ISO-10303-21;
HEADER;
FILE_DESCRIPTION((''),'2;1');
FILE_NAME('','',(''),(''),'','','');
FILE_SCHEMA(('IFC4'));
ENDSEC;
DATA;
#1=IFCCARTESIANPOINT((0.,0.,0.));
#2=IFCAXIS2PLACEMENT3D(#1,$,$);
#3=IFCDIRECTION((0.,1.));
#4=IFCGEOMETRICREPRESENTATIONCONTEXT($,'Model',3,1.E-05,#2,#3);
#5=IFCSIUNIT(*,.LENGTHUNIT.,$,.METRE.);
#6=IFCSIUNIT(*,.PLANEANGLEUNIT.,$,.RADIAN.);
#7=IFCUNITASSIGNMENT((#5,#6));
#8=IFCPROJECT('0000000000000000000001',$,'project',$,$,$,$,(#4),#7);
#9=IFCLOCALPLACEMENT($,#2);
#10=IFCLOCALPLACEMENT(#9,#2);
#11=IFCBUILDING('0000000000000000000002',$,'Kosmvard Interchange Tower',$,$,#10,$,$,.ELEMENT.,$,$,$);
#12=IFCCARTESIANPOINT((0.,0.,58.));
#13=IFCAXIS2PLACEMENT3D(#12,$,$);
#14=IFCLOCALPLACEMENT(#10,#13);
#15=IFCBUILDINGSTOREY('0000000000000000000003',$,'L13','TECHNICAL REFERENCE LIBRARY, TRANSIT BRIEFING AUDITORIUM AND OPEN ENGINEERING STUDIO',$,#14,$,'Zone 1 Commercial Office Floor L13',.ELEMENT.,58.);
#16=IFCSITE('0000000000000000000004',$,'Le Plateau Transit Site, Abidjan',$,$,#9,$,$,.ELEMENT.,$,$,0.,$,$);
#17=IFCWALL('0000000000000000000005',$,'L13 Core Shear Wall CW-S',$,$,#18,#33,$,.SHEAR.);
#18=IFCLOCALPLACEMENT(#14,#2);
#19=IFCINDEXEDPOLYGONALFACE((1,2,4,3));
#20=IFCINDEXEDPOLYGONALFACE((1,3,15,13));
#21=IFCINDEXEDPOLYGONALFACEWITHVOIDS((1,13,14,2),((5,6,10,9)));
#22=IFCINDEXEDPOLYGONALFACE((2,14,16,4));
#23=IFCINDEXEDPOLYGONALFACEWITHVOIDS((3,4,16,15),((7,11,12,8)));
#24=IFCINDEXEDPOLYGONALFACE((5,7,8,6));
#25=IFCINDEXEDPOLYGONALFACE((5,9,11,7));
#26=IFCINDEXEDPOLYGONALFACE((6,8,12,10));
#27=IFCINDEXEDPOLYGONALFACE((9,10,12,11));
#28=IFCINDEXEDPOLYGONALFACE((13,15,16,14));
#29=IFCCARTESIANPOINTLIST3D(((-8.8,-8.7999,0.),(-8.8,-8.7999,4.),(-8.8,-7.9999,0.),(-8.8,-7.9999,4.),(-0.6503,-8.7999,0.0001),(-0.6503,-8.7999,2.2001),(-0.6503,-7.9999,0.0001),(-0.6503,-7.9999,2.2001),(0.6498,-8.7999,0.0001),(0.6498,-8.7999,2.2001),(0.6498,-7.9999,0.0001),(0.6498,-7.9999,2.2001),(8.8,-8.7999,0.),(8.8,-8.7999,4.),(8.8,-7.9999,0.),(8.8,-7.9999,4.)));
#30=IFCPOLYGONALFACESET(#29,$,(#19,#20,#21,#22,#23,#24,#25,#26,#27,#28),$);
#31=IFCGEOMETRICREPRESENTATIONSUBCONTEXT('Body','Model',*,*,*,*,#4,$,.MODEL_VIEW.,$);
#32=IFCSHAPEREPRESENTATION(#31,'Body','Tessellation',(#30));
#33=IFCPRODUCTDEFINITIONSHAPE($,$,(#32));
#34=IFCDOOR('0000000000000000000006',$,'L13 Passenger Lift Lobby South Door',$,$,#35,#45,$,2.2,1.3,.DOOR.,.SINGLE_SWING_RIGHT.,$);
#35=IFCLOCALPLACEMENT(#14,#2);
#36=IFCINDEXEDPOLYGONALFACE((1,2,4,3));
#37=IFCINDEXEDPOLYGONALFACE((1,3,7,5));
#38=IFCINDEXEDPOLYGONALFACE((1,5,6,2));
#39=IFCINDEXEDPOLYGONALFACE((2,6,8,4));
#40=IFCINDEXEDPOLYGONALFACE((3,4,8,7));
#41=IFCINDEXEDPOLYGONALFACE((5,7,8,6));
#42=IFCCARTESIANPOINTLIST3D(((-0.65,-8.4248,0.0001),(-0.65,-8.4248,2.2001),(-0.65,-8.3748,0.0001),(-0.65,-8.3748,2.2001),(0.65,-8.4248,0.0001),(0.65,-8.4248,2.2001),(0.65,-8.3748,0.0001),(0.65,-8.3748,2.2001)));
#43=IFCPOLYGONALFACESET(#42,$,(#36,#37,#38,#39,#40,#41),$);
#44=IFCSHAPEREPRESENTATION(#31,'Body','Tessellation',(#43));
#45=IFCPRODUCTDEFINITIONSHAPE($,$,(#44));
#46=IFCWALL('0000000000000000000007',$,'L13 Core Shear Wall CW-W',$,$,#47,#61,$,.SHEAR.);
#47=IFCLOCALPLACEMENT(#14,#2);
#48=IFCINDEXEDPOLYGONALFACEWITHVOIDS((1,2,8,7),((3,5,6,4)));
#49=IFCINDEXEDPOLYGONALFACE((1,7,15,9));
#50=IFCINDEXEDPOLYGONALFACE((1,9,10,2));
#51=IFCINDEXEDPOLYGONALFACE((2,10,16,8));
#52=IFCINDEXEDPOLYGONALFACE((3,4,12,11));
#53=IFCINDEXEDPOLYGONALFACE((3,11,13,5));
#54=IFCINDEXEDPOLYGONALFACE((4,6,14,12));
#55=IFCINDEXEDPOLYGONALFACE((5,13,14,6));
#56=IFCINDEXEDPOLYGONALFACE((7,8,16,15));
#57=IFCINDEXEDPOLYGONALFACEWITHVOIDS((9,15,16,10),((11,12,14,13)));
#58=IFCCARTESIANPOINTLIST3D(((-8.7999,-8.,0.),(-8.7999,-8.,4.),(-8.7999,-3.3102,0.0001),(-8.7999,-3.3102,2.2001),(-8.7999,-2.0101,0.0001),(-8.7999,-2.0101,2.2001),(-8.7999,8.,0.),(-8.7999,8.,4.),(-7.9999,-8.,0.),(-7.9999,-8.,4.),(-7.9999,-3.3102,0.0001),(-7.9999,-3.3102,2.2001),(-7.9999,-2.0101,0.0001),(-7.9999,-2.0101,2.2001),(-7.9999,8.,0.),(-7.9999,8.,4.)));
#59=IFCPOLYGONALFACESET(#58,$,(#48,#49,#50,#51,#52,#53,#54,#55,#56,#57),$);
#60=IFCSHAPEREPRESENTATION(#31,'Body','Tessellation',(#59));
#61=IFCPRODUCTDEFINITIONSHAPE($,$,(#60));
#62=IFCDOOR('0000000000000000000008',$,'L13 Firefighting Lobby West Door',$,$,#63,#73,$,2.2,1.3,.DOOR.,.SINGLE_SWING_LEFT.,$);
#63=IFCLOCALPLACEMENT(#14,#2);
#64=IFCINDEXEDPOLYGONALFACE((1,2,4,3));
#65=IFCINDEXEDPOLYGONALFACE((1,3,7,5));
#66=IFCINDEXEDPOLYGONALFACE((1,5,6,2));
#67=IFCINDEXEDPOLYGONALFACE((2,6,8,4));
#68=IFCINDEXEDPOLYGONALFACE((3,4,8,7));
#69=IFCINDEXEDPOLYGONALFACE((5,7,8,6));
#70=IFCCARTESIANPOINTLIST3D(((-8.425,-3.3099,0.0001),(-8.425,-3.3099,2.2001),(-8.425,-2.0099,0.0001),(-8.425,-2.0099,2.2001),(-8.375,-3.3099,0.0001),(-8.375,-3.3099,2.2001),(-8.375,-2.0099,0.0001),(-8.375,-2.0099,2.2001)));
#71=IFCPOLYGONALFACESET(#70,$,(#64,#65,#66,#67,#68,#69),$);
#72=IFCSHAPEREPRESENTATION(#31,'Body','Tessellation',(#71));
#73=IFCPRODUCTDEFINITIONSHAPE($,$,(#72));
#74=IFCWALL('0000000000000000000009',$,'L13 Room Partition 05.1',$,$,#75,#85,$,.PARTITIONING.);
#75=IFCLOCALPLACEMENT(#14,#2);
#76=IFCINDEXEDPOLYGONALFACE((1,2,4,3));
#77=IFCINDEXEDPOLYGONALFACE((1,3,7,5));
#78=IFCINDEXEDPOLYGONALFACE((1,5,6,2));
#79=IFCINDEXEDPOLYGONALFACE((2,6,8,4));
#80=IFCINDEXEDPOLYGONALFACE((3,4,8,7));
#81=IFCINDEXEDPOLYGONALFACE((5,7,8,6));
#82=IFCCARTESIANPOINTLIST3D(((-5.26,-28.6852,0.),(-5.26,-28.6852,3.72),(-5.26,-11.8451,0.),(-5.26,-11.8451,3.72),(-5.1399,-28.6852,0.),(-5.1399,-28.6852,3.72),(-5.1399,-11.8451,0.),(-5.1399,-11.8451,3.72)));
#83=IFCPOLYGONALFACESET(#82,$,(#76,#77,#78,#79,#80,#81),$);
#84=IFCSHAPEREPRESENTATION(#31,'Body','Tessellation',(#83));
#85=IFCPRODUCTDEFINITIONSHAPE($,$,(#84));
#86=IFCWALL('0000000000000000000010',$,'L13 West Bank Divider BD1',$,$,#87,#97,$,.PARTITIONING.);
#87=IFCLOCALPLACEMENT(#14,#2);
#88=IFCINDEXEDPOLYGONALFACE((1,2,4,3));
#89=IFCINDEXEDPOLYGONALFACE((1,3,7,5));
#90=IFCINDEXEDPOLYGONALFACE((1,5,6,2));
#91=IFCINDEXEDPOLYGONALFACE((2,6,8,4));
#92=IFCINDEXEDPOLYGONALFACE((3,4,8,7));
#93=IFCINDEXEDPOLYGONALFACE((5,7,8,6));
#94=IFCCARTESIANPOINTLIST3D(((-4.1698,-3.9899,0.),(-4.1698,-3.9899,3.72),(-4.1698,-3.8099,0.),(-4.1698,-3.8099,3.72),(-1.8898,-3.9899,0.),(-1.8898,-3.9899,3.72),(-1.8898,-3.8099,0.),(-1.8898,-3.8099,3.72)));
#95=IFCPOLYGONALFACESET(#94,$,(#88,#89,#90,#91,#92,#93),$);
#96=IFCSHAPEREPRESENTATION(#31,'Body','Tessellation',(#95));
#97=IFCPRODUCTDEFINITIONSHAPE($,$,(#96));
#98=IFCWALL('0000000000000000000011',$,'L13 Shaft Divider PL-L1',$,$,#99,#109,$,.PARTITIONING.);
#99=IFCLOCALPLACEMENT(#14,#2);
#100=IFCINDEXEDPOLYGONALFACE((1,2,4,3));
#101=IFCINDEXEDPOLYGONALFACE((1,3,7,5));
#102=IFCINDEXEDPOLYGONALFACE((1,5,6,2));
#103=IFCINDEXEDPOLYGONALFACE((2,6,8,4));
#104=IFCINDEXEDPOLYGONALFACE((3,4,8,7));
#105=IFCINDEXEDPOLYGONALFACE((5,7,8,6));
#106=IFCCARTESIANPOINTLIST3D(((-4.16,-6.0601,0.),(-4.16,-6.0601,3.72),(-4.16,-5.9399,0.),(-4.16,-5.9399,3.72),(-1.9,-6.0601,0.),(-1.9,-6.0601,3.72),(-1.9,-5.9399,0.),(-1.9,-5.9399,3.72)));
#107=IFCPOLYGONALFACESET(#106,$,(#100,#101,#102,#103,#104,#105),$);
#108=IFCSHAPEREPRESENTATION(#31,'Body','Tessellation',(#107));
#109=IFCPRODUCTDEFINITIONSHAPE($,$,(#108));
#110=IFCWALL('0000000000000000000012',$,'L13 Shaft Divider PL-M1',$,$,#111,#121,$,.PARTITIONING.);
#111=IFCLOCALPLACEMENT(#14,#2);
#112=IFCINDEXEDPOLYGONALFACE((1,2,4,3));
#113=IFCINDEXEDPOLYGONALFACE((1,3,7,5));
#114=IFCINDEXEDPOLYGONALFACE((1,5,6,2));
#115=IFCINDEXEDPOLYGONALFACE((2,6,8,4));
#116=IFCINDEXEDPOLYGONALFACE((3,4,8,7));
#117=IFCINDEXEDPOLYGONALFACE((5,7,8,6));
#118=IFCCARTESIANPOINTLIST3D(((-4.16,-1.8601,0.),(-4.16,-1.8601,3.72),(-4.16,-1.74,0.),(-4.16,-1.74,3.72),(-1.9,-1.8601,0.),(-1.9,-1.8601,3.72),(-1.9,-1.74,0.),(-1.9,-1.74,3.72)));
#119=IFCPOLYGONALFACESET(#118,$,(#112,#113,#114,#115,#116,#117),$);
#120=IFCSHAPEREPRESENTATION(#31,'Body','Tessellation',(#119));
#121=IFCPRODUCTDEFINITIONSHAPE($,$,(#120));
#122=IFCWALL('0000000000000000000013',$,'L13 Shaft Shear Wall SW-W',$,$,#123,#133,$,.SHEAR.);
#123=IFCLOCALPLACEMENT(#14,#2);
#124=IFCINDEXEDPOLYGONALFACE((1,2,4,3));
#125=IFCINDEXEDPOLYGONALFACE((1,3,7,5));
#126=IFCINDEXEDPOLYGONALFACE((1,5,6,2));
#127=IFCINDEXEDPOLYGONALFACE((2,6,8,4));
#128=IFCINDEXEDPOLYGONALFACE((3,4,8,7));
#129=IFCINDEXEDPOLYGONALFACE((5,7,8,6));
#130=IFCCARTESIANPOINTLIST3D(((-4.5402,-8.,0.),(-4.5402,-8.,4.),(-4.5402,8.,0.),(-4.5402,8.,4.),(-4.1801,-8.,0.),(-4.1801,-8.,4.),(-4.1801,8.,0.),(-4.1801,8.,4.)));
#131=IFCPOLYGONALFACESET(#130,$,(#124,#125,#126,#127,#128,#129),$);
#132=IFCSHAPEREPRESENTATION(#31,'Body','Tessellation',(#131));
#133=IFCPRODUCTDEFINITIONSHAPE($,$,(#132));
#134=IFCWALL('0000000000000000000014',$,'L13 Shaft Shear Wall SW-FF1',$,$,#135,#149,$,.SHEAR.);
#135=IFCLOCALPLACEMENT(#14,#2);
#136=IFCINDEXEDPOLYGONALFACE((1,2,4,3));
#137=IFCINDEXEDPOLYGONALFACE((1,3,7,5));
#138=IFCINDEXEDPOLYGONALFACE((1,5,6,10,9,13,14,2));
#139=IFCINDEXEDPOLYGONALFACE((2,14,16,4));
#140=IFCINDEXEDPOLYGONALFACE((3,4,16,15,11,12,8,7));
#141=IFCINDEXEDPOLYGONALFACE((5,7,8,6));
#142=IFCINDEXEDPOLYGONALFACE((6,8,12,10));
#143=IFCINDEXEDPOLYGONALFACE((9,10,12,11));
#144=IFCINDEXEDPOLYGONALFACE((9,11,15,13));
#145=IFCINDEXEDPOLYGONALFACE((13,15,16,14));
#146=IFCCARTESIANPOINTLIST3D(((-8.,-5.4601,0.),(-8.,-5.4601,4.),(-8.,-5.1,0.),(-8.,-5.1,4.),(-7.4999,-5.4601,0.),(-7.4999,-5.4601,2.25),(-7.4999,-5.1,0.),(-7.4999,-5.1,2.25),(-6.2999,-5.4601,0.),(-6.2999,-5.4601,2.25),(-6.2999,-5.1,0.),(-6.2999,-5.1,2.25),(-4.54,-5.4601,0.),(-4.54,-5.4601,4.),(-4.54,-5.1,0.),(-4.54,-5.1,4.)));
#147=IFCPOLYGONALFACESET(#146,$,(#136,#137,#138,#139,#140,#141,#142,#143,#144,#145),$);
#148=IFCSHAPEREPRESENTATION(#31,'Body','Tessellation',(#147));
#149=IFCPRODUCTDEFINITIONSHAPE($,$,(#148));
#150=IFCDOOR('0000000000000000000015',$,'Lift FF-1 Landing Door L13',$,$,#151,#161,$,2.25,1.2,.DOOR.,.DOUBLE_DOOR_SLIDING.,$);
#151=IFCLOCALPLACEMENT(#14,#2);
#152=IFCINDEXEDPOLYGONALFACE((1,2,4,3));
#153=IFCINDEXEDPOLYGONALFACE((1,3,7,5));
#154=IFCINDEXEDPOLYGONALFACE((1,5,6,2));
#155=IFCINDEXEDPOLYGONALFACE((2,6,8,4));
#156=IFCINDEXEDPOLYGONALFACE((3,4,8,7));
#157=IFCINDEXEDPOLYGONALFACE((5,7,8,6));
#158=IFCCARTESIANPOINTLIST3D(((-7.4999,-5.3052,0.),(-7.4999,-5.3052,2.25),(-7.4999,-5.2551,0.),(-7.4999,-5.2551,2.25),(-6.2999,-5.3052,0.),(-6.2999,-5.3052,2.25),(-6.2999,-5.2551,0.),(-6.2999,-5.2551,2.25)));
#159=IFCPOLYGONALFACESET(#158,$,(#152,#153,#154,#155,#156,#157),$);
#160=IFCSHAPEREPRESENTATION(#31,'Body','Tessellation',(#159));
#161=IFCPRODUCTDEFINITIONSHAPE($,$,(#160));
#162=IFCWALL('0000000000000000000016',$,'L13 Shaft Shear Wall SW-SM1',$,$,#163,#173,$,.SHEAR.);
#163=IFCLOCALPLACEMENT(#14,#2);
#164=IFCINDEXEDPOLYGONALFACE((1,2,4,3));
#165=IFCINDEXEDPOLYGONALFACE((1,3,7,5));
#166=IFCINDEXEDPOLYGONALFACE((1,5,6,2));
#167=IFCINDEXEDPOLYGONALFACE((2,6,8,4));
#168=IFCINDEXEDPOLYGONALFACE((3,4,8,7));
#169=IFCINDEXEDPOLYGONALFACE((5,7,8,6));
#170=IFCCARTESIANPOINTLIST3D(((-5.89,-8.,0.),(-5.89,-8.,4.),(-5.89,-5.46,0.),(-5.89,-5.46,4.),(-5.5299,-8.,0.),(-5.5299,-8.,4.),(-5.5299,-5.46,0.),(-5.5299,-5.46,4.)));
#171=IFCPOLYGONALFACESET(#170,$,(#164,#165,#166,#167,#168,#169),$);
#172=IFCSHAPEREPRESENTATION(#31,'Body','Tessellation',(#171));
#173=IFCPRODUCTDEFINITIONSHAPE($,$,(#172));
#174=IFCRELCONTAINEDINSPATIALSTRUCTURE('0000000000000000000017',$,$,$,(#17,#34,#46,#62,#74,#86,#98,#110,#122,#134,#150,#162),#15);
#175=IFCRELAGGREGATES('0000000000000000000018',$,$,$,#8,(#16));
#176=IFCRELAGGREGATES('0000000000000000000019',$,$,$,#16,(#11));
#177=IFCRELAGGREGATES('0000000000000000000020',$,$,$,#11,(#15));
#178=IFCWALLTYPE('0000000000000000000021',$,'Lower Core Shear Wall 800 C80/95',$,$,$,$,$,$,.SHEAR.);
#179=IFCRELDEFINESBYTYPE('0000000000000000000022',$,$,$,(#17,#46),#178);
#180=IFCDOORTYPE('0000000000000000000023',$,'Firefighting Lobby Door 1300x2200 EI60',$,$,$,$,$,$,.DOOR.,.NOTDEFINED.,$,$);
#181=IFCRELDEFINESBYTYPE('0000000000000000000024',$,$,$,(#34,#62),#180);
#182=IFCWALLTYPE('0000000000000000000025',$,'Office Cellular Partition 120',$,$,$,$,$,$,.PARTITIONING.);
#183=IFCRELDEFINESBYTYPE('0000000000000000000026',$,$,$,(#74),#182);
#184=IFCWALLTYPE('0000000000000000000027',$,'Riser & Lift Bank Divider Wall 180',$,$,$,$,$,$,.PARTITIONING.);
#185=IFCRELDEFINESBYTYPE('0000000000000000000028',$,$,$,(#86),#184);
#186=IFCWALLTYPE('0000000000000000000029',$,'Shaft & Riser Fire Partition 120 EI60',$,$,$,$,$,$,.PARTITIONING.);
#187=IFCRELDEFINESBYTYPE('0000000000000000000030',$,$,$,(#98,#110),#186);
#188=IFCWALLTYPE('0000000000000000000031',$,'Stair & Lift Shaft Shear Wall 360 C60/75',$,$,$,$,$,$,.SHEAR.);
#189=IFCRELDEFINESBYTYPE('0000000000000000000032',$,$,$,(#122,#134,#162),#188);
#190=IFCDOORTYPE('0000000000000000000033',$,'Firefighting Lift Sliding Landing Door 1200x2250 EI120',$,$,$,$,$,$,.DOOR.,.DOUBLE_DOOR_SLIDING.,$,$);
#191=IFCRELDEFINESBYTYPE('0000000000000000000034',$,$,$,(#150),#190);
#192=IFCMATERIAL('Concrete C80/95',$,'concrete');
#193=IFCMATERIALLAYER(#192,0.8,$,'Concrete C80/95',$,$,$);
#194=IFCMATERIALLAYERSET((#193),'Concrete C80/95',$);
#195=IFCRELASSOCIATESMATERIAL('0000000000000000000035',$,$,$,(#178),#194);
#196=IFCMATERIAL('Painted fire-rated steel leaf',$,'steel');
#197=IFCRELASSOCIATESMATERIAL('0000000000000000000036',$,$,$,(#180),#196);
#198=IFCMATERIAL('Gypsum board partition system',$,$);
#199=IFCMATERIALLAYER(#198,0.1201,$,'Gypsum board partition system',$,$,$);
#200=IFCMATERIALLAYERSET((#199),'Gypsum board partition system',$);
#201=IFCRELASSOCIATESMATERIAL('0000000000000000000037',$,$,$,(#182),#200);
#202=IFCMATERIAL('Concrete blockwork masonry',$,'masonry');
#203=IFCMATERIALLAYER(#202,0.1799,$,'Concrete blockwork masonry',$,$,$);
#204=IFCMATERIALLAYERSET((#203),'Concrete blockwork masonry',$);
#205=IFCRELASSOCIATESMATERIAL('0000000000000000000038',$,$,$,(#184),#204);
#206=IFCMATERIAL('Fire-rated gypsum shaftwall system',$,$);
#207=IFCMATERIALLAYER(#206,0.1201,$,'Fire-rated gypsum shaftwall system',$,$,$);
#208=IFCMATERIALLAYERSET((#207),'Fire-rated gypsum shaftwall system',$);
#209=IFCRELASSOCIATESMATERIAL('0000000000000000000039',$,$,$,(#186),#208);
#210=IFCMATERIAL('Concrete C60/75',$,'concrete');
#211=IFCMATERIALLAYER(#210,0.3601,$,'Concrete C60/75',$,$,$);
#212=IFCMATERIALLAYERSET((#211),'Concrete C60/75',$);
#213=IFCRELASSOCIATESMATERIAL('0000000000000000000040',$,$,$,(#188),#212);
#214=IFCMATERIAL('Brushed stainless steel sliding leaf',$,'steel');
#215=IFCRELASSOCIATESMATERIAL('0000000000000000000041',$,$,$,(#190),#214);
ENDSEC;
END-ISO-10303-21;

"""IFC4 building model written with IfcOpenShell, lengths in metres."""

from ifc_helpers import new_model, si_unit, direction, frame, frame_2d, origin, place, context, subcontext, project, spatial, rectangle, extrude, source, transform, mapped, material, layer, layer_set, type_object, element, fill, save


model = new_model("IFC4")

# Units and contexts
model_context = context("Model", 3, precision=1e-05, world=origin(), true_north=direction((0.0, 1.0)))
body_context = subcontext(model_context, "Body", "Model", "MODEL_VIEW")
ifc_project = project(units=[si_unit("LENGTHUNIT", "METRE"), si_unit("PLANEANGLEUNIT", "RADIAN")], contexts=[model_context])

# Site, building, storey
site_placement = place(None, origin())
site = spatial("IfcSite", under=ifc_project, at=site_placement, Name="Le Plateau Transit Site, Abidjan", CompositionType="ELEMENT", RefElevation=0.0)
building_placement = place(site_placement, origin())
building = spatial("IfcBuilding", under=site, at=building_placement, Name="Kosmvard Interchange Tower", CompositionType="ELEMENT")
storey_placement = place(building_placement, frame((0.0, 0.0, 58.0)))
storey = spatial("IfcBuildingStorey", under=building, at=storey_placement, Name="L13", Description="TECHNICAL REFERENCE LIBRARY, TRANSIT BRIEFING AUDITORIUM AND OPEN ENGINEERING STUDIO", LongName="Zone 1 Commercial Office Floor L13", CompositionType="ELEMENT", Elevation=58.0)

# Shared definitions
ifc_material_1 = material(Name="Concrete C80/95", Category="concrete")
ifc_material_2 = material(Name="Concrete C60/75", Category="concrete")

# Shared definitions
ifc_material_3 = material(Name="Brushed stainless steel sliding leaf", Category="steel")

# Walls, openings, doors
ifc_layer_1 = layer(ifc_material_1, 0.8, Name="Concrete C80/95")
ifc_layer_set_1 = layer_set([ifc_layer_1], Name="Concrete C80/95")
wall_type_1 = type_object("IfcWallType", Name="Lower Core Shear Wall 800 C80/95", PredefinedType="SHEAR", material=ifc_layer_set_1)
wall_1_placement = place(storey_placement, frame((-8.8, -8.3999, 0.0), z_axis=(0.0, 0.0, 1.0), x_axis=(1.0, 0.0, 0.0)))
wall_1 = element("IfcWall", 1, at=wall_1_placement, inside=storey, type_object=wall_type_1, Name="L13 Core Shear Wall CW-S", PredefinedType="SHEAR", context=body_context, shape_type="SweptSolid", body=[
    extrude(rectangle(XDim=17.6001, YDim=0.8, at=frame_2d((8.8, 0.0))), origin(), (0.0, 0.0, 1.0), 4.0),
])
opening_1_placement = place(wall_1_placement, frame((8.1499, 0.0, 0.0)))
opening_1 = element("IfcOpeningElement", 2, at=opening_1_placement, cuts=wall_1, PredefinedType="OPENING", context=body_context, shape_type="SweptSolid", body=[
    extrude(rectangle(XDim=1.3, YDim=2.2, at=frame_2d((0.6499, 1.1001))), frame((0.0, 0.4102, 0.0), z_axis=(0.0, -1.0, 0.0), x_axis=(1.0, 0.0, 0.0)), (0.0, 0.0, 1.0), 0.8201),
])
ifc_material_4 = material(Name="Painted fire-rated steel leaf", Category="steel")
door_type_1 = type_object("IfcDoorType", Name="Firefighting Lobby Door 1300x2200 EI60", OperationType="NOTDEFINED", PredefinedType="DOOR", material=ifc_material_4)
shared_shape_1 = source(origin(), body_context, "Body", "SweptSolid", [
    extrude(rectangle(XDim=1.3, YDim=2.2, at=frame_2d((0.6499, 1.1001))), frame((0.0, 0.0249, 0.0), z_axis=(0.0, -1.0, 0.0), x_axis=(1.0, 0.0, 0.0)), (0.0, 0.0, 1.0), 0.05),
])
door_1_placement = place(opening_1_placement, frame((1.3, 0.0, 0.0), z_axis=(0.0, 0.0, 1.0), x_axis=(-1.0, 0.0, 0.0)))
door_1 = element("IfcDoor", 3, at=door_1_placement, inside=storey, type_object=door_type_1, Name="L13 Passenger Lift Lobby South Door", OperationType="SINGLE_SWING_RIGHT", OverallHeight=2.2, OverallWidth=1.3, PredefinedType="DOOR", context=body_context, shape_type="MappedRepresentation", body=[
    mapped(shared_shape_1, transform((0.0, 0.0, 0.0), scale=1.0)),
])
fill(opening_1, door_1)
wall_2_placement = place(storey_placement, frame((-8.3999, -8.0, 0.0), z_axis=(0.0, 0.0, 1.0), x_axis=(0.0, 1.0, 0.0)))
wall_2 = element("IfcWall", 4, at=wall_2_placement, inside=storey, type_object=wall_type_1, Name="L13 Core Shear Wall CW-W", PredefinedType="SHEAR", context=body_context, shape_type="SweptSolid", body=[
    extrude(rectangle(XDim=16.0, YDim=0.8, at=frame_2d((8.0, 0.0))), origin(), (0.0, 0.0, 1.0), 4.0),
])
opening_2_placement = place(wall_2_placement, frame((4.6899, 0.0, 0.0)))
opening_2 = element("IfcOpeningElement", 5, at=opening_2_placement, cuts=wall_2, PredefinedType="OPENING", context=body_context, shape_type="SweptSolid", body=[
    extrude(rectangle(XDim=1.3, YDim=2.2, at=frame_2d((0.6499, 1.1001))), frame((0.0, 0.4102, 0.0), z_axis=(0.0, -1.0, 0.0), x_axis=(1.0, 0.0, 0.0)), (0.0, 0.0, 1.0), 0.8201),
])
door_2_placement = place(opening_2_placement, frame((1.3, 0.0, 0.0), z_axis=(0.0, 0.0, 1.0), x_axis=(-1.0, 0.0, 0.0)))
door_2 = element("IfcDoor", 6, at=door_2_placement, inside=storey, type_object=door_type_1, Name="L13 Firefighting Lobby West Door", OperationType="SINGLE_SWING_LEFT", OverallHeight=2.2, OverallWidth=1.3, PredefinedType="DOOR", context=body_context, shape_type="MappedRepresentation", body=[
    mapped(shared_shape_1, transform((0.0, 0.0, 0.0), scale=1.0)),
])
fill(opening_2, door_2)

# Walls
ifc_material_5 = material(Name="Gypsum board partition system")
ifc_layer_2 = layer(ifc_material_5, 0.1201, Name="Gypsum board partition system")
ifc_layer_set_2 = layer_set([ifc_layer_2], Name="Gypsum board partition system")
wall_type_2 = type_object("IfcWallType", Name="Office Cellular Partition 120", PredefinedType="PARTITIONING", material=ifc_layer_set_2)
wall_3_placement = place(storey_placement, frame((-5.2, -28.6851, 0.0), z_axis=(0.0, 0.0, 1.0), x_axis=(0.0, 1.0, 0.0)))
element("IfcWall", 7, at=wall_3_placement, inside=storey, type_object=wall_type_2, Name="L13 Room Partition 05.1", PredefinedType="PARTITIONING", context=body_context, shape_type="SweptSolid", body=[
    extrude(rectangle(XDim=16.8401, YDim=0.1201, at=frame_2d((8.4199, 0.0))), origin(), (0.0, 0.0, 1.0), 3.72),
])
ifc_material_6 = material(Name="Concrete blockwork masonry", Category="masonry")
ifc_layer_3 = layer(ifc_material_6, 0.1799, Name="Concrete blockwork masonry")
ifc_layer_set_3 = layer_set([ifc_layer_3], Name="Concrete blockwork masonry")
wall_type_3 = type_object("IfcWallType", Name="Riser & Lift Bank Divider Wall 180", PredefinedType="PARTITIONING", material=ifc_layer_set_3)
wall_4_placement = place(storey_placement, frame((-4.1699, -3.8999, 0.0), z_axis=(0.0, 0.0, 1.0), x_axis=(1.0, 0.0, 0.0)))
element("IfcWall", 8, at=wall_4_placement, inside=storey, type_object=wall_type_3, Name="L13 West Bank Divider BD1", PredefinedType="PARTITIONING", context=body_context, shape_type="SweptSolid", body=[
    extrude(rectangle(XDim=2.28, YDim=0.1799, at=frame_2d((1.1401, 0.0))), origin(), (0.0, 0.0, 1.0), 3.72),
])
ifc_material_7 = material(Name="Fire-rated gypsum shaftwall system")
ifc_layer_4 = layer(ifc_material_7, 0.1201, Name="Fire-rated gypsum shaftwall system")
ifc_layer_set_4 = layer_set([ifc_layer_4], Name="Fire-rated gypsum shaftwall system")
wall_type_4 = type_object("IfcWallType", Name="Shaft & Riser Fire Partition 120 EI60", PredefinedType="PARTITIONING", material=ifc_layer_set_4)
for number, where, z_axis, x_axis, name in (
    (9, (-4.1599, -6.0, 0.0), (0.0, 0.0, 1.0), (1.0, 0.0, 0.0), "L13 Shaft Divider PL-L1"),
    (10, (-4.1599, -1.8, 0.0), (0.0, 0.0, 1.0), (1.0, 0.0, 0.0), "L13 Shaft Divider PL-M1"),
):
    element("IfcWall", number, at=place(storey_placement, frame(where, z_axis=z_axis, x_axis=x_axis)), inside=storey, type_object=wall_type_4, Name=name, PredefinedType="PARTITIONING", context=body_context, shape_type="SweptSolid", body=[
        extrude(rectangle(XDim=2.26, YDim=0.1201, at=frame_2d((1.1299, 0.0))), origin(), (0.0, 0.0, 1.0), 3.72),
    ])
ifc_layer_5 = layer(ifc_material_2, 0.3601, Name="Concrete C60/75")
ifc_layer_set_5 = layer_set([ifc_layer_5], Name="Concrete C60/75")
wall_type_5 = type_object("IfcWallType", Name="Stair & Lift Shaft Shear Wall 360 C60/75", PredefinedType="SHEAR", material=ifc_layer_set_5)
wall_5_placement = place(storey_placement, frame((-4.3601, -8.0, 0.0), z_axis=(0.0, 0.0, 1.0), x_axis=(0.0, 1.0, 0.0)))
element("IfcWall", 11, at=wall_5_placement, inside=storey, type_object=wall_type_5, Name="L13 Shaft Shear Wall SW-W", PredefinedType="SHEAR", context=body_context, shape_type="SweptSolid", body=[
    extrude(rectangle(XDim=16.0, YDim=0.3601, at=frame_2d((8.0, 0.0))), origin(), (0.0, 0.0, 1.0), 4.0),
])

# Wall, opening, door
wall_6_placement = place(storey_placement, frame((-8.0, -5.28, 0.0), z_axis=(0.0, 0.0, 1.0), x_axis=(1.0, 0.0, 0.0)))
wall_6 = element("IfcWall", 12, at=wall_6_placement, inside=storey, type_object=wall_type_5, Name="L13 Shaft Shear Wall SW-FF1", PredefinedType="SHEAR", context=body_context, shape_type="SweptSolid", body=[
    extrude(rectangle(XDim=3.46, YDim=0.3601, at=frame_2d((1.73, 0.0))), origin(), (0.0, 0.0, 1.0), 4.0),
])
opening_3_placement = place(wall_6_placement, frame((0.5, 0.0, 0.0)))
opening_3 = element("IfcOpeningElement", 13, at=opening_3_placement, cuts=wall_6, PredefinedType="OPENING", context=body_context, shape_type="SweptSolid", body=[
    extrude(rectangle(XDim=1.2, YDim=2.25, at=frame_2d((0.6001, 1.125))), frame((0.0, 0.1899, 0.0), z_axis=(0.0, -1.0, 0.0), x_axis=(1.0, 0.0, 0.0)), (0.0, 0.0, 1.0), 0.3801),
])
door_type_2 = type_object("IfcDoorType", Name="Firefighting Lift Sliding Landing Door 1200x2250 EI120", OperationType="DOUBLE_DOOR_SLIDING", PredefinedType="DOOR", material=ifc_material_3)
shared_shape_2 = source(origin(), body_context, "Body", "SweptSolid", [
    extrude(rectangle(XDim=1.2, YDim=2.25, at=frame_2d((0.6001, 1.125))), frame((0.0, 0.0249, 0.0), z_axis=(0.0, -1.0, 0.0), x_axis=(1.0, 0.0, 0.0)), (0.0, 0.0, 1.0), 0.05),
])
door_3_placement = place(opening_3_placement, origin())
door_3 = element("IfcDoor", 14, at=door_3_placement, inside=storey, type_object=door_type_2, Name="Lift FF-1 Landing Door L13", OperationType="DOUBLE_DOOR_SLIDING", OverallHeight=2.25, OverallWidth=1.2, PredefinedType="DOOR", context=body_context, shape_type="MappedRepresentation", body=[
    mapped(shared_shape_2, transform((0.0, 0.0, 0.0), scale=1.0)),
])
fill(opening_3, door_3)

# Wall
wall_7_placement = place(storey_placement, frame((-5.71, -8.0, 0.0), z_axis=(0.0, 0.0, 1.0), x_axis=(0.0, 1.0, 0.0)))
element("IfcWall", 15, at=wall_7_placement, inside=storey, type_object=wall_type_5, Name="L13 Shaft Shear Wall SW-SM1", PredefinedType="SHEAR", context=body_context, shape_type="SweptSolid", body=[
    extrude(rectangle(XDim=2.54, YDim=0.3601, at=frame_2d((1.27, 0.0))), origin(), (0.0, 0.0, 1.0), 4.0),
])

save(model, "model.ifc")
